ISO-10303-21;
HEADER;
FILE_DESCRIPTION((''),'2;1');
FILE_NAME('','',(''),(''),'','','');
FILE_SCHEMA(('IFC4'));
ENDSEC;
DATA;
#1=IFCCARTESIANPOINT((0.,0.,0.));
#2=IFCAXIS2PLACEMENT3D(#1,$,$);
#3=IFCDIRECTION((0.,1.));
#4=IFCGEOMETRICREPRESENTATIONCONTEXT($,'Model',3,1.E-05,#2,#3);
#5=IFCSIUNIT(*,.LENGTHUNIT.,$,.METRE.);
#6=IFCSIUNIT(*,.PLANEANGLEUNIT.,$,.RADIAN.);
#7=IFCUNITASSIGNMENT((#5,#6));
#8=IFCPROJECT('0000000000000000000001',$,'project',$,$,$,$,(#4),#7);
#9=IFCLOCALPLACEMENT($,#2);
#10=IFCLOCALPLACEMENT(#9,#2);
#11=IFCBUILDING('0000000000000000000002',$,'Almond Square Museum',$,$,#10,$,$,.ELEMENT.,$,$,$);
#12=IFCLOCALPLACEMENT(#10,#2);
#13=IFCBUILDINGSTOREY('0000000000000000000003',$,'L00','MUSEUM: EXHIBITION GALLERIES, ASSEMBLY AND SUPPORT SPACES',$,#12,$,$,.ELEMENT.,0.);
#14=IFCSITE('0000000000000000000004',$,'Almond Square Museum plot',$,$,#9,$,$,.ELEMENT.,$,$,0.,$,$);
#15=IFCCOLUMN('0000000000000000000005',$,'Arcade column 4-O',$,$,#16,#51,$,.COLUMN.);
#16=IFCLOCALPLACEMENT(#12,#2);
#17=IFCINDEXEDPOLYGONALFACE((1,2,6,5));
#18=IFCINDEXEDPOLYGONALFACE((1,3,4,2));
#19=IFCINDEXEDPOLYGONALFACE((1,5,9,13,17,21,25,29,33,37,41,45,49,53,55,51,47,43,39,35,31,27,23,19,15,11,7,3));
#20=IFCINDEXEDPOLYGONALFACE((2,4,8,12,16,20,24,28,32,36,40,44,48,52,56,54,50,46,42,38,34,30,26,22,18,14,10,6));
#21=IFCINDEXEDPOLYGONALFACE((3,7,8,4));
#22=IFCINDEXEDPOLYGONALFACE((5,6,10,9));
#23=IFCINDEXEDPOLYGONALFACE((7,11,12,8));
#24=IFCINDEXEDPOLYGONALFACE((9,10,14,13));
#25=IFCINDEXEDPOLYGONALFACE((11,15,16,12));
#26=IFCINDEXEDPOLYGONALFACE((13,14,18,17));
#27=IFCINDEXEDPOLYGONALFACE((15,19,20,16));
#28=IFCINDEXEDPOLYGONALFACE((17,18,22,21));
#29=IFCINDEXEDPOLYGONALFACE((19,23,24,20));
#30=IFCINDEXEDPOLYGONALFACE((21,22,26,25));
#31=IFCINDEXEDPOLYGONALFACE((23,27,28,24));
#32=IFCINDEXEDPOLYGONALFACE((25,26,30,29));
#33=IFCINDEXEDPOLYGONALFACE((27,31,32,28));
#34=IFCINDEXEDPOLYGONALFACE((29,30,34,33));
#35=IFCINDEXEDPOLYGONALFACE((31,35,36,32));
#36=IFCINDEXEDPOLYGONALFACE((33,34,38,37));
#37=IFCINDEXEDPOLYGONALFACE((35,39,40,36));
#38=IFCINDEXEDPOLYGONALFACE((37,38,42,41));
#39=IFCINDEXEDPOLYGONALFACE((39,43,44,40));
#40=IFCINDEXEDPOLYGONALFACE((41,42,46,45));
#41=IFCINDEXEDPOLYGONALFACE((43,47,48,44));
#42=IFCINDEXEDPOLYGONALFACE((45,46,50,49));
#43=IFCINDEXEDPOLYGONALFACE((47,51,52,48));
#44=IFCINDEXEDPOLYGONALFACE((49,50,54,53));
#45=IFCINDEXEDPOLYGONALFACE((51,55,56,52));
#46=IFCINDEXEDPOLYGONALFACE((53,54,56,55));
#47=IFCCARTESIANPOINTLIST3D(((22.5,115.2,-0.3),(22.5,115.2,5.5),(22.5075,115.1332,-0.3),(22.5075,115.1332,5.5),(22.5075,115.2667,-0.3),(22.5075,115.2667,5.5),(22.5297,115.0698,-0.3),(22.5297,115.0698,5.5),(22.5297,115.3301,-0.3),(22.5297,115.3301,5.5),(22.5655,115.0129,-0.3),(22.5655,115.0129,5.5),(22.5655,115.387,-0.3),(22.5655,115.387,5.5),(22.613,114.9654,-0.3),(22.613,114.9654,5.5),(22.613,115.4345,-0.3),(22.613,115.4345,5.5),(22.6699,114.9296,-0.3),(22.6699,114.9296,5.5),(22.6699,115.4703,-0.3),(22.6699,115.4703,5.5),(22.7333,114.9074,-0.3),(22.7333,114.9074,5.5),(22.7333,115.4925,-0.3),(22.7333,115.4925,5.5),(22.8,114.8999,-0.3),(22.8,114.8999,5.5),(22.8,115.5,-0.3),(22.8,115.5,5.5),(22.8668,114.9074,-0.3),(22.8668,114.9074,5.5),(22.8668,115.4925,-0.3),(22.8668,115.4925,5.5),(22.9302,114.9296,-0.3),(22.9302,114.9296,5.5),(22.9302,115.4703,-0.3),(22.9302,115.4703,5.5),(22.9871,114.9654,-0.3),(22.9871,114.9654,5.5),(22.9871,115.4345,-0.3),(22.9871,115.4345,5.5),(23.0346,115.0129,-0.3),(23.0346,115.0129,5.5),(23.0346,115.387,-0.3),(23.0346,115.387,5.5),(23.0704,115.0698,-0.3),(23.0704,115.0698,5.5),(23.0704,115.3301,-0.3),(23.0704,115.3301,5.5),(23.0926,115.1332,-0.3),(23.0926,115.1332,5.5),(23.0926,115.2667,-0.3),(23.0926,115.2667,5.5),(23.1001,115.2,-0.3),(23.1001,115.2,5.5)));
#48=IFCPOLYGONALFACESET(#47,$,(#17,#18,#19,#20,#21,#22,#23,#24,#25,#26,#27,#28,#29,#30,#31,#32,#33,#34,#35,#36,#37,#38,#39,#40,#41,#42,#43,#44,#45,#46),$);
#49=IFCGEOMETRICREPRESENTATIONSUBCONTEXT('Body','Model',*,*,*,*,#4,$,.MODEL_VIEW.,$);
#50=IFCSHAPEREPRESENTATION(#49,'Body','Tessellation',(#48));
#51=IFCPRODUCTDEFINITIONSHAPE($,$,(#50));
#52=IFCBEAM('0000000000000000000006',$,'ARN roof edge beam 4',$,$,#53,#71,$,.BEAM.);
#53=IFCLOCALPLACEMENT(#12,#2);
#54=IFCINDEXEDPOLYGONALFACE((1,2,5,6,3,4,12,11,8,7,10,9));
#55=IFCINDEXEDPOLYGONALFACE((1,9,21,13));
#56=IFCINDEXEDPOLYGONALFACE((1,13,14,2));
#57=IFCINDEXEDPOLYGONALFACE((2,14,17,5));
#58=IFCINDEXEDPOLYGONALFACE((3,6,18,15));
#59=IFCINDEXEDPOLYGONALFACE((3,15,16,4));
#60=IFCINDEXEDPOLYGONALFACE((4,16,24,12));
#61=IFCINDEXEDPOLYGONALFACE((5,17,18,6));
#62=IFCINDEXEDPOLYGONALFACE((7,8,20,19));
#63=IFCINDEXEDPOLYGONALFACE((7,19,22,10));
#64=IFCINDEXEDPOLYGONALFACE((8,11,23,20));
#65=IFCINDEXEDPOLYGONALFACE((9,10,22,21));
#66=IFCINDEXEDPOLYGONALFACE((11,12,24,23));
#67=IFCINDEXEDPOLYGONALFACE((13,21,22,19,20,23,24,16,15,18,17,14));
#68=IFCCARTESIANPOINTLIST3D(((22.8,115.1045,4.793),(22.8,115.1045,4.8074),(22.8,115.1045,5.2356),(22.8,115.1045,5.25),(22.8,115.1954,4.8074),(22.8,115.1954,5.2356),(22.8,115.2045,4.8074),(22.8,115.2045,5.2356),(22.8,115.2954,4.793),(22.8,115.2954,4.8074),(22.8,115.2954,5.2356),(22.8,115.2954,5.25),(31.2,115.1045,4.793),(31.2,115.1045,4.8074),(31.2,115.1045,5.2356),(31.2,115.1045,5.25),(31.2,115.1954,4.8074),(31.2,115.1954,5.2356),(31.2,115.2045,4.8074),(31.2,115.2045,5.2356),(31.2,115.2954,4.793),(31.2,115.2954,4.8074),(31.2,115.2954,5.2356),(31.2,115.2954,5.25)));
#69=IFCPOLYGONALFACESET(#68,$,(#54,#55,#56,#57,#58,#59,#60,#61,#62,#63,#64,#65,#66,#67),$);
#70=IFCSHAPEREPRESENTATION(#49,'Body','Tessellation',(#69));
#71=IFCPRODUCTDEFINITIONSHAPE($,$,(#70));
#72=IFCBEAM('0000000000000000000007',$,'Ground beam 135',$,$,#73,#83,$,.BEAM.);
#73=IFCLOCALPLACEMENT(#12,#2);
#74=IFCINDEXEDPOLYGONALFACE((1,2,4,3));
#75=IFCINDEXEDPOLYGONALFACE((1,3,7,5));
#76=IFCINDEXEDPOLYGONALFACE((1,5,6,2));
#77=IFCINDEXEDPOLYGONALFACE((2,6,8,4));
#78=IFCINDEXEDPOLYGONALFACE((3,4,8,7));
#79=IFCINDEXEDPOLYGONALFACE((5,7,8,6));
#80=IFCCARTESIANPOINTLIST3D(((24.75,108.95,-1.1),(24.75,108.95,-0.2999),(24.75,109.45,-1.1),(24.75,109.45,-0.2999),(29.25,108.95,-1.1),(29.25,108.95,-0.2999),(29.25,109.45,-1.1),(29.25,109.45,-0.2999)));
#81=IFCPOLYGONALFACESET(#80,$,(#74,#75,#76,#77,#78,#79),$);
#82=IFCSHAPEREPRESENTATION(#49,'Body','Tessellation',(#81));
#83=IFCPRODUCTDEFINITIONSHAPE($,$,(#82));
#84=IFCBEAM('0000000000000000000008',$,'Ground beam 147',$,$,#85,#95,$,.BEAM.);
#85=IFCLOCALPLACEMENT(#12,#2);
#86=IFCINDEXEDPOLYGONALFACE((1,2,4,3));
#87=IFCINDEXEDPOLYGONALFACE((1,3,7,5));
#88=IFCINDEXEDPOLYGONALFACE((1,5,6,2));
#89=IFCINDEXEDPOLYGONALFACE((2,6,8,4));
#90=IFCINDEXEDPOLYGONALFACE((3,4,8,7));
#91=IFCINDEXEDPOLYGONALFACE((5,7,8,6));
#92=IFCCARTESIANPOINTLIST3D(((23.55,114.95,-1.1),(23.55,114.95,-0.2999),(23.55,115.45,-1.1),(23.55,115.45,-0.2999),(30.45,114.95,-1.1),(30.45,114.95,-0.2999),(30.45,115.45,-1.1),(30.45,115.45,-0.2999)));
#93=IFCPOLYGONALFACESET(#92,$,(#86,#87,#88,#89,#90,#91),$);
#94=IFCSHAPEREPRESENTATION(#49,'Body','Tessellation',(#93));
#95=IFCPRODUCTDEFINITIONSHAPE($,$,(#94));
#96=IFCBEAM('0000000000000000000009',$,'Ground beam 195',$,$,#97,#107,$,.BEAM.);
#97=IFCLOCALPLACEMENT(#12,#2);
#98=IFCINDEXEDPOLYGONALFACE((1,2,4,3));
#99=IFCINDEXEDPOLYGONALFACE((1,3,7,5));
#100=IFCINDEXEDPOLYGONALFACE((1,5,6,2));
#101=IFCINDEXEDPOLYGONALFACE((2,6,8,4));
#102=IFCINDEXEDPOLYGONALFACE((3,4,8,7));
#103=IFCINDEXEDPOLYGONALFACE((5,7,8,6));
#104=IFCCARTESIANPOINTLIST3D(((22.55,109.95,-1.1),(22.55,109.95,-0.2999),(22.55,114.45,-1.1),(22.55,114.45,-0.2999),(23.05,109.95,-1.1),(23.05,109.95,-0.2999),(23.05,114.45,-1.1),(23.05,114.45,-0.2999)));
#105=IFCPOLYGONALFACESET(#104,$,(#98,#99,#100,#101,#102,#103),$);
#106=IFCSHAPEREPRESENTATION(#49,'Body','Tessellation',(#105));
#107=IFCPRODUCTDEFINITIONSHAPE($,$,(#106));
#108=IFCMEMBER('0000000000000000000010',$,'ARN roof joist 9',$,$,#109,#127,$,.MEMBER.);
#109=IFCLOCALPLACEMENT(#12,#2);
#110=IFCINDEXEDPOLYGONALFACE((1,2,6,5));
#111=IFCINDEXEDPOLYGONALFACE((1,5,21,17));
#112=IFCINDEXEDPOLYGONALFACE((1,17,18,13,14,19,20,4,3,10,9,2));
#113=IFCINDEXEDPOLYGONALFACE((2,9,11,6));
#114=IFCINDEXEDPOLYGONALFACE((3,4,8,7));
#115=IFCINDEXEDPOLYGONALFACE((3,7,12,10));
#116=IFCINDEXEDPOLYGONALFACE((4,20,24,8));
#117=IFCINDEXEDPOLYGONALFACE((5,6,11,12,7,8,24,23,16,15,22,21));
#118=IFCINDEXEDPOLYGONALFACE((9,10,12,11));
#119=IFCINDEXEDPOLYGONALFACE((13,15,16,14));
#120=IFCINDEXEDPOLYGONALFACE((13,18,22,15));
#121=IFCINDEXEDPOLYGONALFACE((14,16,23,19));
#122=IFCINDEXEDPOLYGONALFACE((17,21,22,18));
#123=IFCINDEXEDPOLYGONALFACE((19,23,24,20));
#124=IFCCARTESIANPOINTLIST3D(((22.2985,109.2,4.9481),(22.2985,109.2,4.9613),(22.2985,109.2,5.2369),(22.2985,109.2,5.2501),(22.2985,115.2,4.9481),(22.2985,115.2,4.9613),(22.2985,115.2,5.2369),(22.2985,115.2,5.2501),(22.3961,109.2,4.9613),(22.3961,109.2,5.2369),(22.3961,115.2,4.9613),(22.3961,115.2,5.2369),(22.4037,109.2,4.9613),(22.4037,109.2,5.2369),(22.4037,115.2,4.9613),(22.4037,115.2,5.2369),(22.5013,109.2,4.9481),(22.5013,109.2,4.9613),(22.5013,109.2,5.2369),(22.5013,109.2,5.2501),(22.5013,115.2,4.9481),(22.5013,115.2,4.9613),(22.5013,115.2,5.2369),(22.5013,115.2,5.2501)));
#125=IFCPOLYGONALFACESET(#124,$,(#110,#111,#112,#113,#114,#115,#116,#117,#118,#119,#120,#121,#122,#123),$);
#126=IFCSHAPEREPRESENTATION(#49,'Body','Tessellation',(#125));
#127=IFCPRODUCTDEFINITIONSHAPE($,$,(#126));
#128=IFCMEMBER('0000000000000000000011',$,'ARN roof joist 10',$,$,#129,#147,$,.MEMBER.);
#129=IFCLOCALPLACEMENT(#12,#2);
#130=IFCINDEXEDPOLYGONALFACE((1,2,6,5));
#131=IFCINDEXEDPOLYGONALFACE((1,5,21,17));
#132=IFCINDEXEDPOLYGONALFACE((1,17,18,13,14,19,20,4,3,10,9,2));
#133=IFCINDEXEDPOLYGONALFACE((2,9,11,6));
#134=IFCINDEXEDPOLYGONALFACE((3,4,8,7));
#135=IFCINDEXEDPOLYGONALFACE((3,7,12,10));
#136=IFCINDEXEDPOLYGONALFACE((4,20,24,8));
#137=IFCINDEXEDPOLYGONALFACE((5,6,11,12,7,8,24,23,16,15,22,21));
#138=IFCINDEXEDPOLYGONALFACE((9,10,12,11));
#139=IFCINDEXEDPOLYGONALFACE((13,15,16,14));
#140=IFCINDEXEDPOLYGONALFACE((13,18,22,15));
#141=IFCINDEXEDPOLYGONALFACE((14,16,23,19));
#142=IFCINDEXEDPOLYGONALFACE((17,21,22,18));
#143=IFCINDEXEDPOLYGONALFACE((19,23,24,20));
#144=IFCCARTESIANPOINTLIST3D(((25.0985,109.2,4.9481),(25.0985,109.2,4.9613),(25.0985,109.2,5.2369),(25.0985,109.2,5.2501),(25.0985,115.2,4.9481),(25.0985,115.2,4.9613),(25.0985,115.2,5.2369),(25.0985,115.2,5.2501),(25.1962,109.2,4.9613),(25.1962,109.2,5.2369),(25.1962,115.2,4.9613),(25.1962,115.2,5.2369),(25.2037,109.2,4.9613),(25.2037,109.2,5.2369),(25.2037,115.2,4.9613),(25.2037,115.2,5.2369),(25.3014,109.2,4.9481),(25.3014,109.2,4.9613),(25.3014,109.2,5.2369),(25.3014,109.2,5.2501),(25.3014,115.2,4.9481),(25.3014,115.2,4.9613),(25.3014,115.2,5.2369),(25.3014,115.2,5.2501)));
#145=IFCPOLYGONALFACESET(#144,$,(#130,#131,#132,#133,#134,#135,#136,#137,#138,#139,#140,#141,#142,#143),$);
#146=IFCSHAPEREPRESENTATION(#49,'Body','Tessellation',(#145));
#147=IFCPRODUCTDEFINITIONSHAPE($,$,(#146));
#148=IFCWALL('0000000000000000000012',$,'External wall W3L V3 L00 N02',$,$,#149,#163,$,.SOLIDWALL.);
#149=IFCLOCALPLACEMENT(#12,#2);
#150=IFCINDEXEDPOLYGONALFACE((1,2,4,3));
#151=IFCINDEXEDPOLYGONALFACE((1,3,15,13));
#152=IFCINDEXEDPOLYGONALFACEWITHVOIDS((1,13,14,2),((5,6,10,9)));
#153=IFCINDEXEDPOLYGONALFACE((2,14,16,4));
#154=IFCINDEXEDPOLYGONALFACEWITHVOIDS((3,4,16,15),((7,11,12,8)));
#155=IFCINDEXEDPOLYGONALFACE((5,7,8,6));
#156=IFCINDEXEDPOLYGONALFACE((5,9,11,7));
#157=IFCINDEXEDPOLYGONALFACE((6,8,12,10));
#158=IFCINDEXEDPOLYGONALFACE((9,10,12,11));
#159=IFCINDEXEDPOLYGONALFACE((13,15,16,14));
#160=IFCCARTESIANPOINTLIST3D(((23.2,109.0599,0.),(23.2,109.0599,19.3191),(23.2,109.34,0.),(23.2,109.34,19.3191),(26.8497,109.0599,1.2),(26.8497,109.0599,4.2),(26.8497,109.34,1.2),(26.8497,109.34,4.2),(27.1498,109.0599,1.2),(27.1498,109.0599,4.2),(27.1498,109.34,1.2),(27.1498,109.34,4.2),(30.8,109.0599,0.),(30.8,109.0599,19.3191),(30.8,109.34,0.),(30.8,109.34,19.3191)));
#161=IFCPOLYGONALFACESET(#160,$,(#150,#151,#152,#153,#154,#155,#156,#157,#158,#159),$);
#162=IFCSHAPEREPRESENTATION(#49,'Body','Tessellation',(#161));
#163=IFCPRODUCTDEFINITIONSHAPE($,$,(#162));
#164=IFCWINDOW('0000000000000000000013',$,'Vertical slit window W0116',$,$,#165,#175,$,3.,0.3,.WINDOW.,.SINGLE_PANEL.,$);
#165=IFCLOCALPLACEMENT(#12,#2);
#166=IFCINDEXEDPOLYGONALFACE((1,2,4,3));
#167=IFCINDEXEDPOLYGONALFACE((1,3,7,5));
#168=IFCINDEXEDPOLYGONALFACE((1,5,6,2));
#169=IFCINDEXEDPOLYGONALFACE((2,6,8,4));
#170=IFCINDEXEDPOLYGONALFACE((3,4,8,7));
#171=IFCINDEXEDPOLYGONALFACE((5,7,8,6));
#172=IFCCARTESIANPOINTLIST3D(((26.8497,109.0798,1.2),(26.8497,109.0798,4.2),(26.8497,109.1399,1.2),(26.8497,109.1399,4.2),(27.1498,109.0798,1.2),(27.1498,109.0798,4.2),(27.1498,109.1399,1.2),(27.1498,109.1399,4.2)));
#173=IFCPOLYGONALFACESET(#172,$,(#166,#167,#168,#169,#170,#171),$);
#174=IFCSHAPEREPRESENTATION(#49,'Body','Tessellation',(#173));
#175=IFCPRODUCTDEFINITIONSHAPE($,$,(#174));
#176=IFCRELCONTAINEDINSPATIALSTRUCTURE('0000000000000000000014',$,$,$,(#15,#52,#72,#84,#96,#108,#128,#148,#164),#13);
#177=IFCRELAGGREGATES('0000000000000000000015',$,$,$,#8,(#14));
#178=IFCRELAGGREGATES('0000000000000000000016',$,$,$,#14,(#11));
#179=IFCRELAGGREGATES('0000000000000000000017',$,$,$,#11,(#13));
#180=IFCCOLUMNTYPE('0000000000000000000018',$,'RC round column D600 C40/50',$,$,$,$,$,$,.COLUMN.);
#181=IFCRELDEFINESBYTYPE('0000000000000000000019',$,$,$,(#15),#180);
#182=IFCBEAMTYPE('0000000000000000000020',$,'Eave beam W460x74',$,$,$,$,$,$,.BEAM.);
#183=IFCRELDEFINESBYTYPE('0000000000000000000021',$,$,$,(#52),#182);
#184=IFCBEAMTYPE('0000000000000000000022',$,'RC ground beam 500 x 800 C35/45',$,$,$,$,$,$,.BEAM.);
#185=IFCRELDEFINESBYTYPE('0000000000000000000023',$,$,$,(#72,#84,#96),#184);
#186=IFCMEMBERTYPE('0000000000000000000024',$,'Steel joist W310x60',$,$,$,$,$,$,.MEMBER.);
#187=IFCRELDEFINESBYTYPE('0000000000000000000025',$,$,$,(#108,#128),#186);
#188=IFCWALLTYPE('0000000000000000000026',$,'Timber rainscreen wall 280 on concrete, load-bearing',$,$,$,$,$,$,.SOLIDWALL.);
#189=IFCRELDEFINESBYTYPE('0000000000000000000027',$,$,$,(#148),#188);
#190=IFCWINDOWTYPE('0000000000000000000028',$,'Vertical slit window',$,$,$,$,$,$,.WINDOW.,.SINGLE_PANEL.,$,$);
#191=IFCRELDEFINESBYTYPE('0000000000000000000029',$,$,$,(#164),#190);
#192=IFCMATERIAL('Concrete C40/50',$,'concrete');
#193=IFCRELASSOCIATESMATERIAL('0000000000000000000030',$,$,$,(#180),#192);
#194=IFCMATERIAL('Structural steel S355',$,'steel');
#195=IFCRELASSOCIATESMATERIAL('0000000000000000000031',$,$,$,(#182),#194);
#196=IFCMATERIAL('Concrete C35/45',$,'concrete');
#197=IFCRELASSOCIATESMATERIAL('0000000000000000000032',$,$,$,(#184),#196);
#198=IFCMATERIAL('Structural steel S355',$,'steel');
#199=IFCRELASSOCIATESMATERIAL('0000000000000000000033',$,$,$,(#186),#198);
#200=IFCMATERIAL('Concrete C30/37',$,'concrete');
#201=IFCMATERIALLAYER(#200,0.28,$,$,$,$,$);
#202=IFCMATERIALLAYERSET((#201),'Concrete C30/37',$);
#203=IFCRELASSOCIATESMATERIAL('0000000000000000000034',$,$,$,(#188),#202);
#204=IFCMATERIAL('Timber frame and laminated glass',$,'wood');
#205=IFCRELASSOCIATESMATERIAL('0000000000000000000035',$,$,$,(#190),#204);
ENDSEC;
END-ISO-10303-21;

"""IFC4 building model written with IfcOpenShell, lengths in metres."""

from ifc_helpers import new_model, si_unit, direction, frame, frame_2d, origin, origin_2d, place, context, subcontext, project, spatial, rectangle, circle, i_section, extrude, material, layer, layer_set, material_profile, profile_set, type_object, element, fill, save


model = new_model("IFC4")

# Units and contexts
model_context = context("Model", 3, precision=1e-05, world=origin(), true_north=direction((0.0, 1.0)))
body_context = subcontext(model_context, "Body", "Model", "MODEL_VIEW")
ifc_project = project(units=[si_unit("LENGTHUNIT", "METRE"), si_unit("PLANEANGLEUNIT", "RADIAN")], contexts=[model_context])

# Site, building, storey
site_placement = place(None, origin())
site = spatial("IfcSite", under=ifc_project, at=site_placement, Name="Almond Square Museum plot", CompositionType="ELEMENT", RefElevation=0.0)
building_placement = place(site_placement, origin())
building = spatial("IfcBuilding", under=site, at=building_placement, Name="Almond Square Museum", CompositionType="ELEMENT")
storey_placement = place(building_placement, origin())
storey = spatial("IfcBuildingStorey", under=building, at=storey_placement, Name="L00", Description="MUSEUM: EXHIBITION GALLERIES, ASSEMBLY AND SUPPORT SPACES", CompositionType="ELEMENT", Elevation=0.0)

# Column
ifc_material_1 = material(Name="Concrete C40/50", Category="concrete")
ifc_material_profile_1 = material_profile(ifc_material_1, circle(Radius=0.3, at=origin_2d()))
ifc_profile_set_1 = profile_set([ifc_material_profile_1], Name="Concrete C40/50")
column_type_1 = type_object("IfcColumnType", Name="RC round column D600 C40/50", PredefinedType="COLUMN", material=ifc_profile_set_1)
column_1_placement = place(storey_placement, frame((22.8, 115.2, -0.3), z_axis=(0.0, 0.0, 1.0), x_axis=(1.0, 0.0, 0.0)))
element("IfcColumn", 1, at=column_1_placement, inside=storey, type_object=column_type_1, Name="Arcade column 4-O", PredefinedType="COLUMN", context=body_context, shape_type="SweptSolid", body=[
    extrude(circle(Radius=0.3, at=origin_2d()), origin(), (0.0, 0.0, 1.0), 5.8),
])

# Beams
ifc_material_2 = material(Name="Structural steel S355", Category="steel")
ifc_material_profile_2 = material_profile(ifc_material_2, i_section(OverallWidth=0.1909, OverallDepth=0.457, WebThickness=0.009, FlangeThickness=0.0144, at=origin_2d()))
ifc_profile_set_2 = profile_set([ifc_material_profile_2], Name="Structural steel S355")
beam_type_1 = type_object("IfcBeamType", Name="Eave beam W460x74", PredefinedType="BEAM", material=ifc_profile_set_2)
beam_1_placement = place(storey_placement, frame((22.8, 115.2, 5.0215), z_axis=(1.0, 0.0, 0.0), x_axis=(0.0, 1.0, 0.0)))
element("IfcBeam", 2, at=beam_1_placement, inside=storey, type_object=beam_type_1, Name="ARN roof edge beam 4", PredefinedType="BEAM", context=body_context, shape_type="SweptSolid", body=[
    extrude(i_section(OverallWidth=0.1909, OverallDepth=0.457, WebThickness=0.009, FlangeThickness=0.0144, at=origin_2d()), origin(), (0.0, 0.0, 1.0), 8.3999),
])
ifc_material_3 = material(Name="Concrete C35/45", Category="concrete")
ifc_material_profile_3 = material_profile(ifc_material_3, rectangle(XDim=0.5, YDim=0.8, at=origin_2d()))
ifc_profile_set_3 = profile_set([ifc_material_profile_3], Name="Concrete C35/45")
beam_type_2 = type_object("IfcBeamType", Name="RC ground beam 500 x 800 C35/45", PredefinedType="BEAM", material=ifc_profile_set_3)
beam_2_placement = place(storey_placement, frame((24.75, 109.2, -0.7), z_axis=(1.0, 0.0, 0.0), x_axis=(0.0, 1.0, 0.0)))
element("IfcBeam", 3, at=beam_2_placement, inside=storey, type_object=beam_type_2, Name="Ground beam 135", PredefinedType="BEAM", context=body_context, shape_type="SweptSolid", body=[
    extrude(rectangle(XDim=0.5, YDim=0.8, at=origin_2d()), origin(), (0.0, 0.0, 1.0), 4.5),
])
beam_3_placement = place(storey_placement, frame((23.55, 115.2, -0.7), z_axis=(1.0, 0.0, 0.0), x_axis=(0.0, 1.0, 0.0)))
element("IfcBeam", 4, at=beam_3_placement, inside=storey, type_object=beam_type_2, Name="Ground beam 147", PredefinedType="BEAM", context=body_context, shape_type="SweptSolid", body=[
    extrude(rectangle(XDim=0.5, YDim=0.8, at=origin_2d()), origin(), (0.0, 0.0, 1.0), 6.8999),
])
beam_4_placement = place(storey_placement, frame((22.8, 109.95, -0.7), z_axis=(0.0, 1.0, 0.0), x_axis=(-1.0, 0.0, 0.0)))
element("IfcBeam", 5, at=beam_4_placement, inside=storey, type_object=beam_type_2, Name="Ground beam 195", PredefinedType="BEAM", context=body_context, shape_type="SweptSolid", body=[
    extrude(rectangle(XDim=0.5, YDim=0.8, at=origin_2d()), origin(), (0.0, 0.0, 1.0), 4.5),
])

# Members
ifc_material_4 = material(Name="Structural steel S355", Category="steel")
ifc_material_profile_4 = material_profile(ifc_material_4, i_section(OverallWidth=0.2029, OverallDepth=0.302, WebThickness=0.0076, FlangeThickness=0.0132, at=origin_2d()))
ifc_profile_set_4 = profile_set([ifc_material_profile_4], Name="Structural steel S355")
member_type = type_object("IfcMemberType", Name="Steel joist W310x60", PredefinedType="MEMBER", material=ifc_profile_set_4)
for number, where, z_axis, x_axis, name in (
    (6, (22.3999, 109.2, 5.0991), (0.0, 1.0, 0.0), (-1.0, 0.0, 0.0), "ARN roof joist 9"),
    (7, (25.2, 109.2, 5.0991), (0.0, 1.0, 0.0), (-1.0, 0.0, 0.0), "ARN roof joist 10"),
):
    element("IfcMember", number, at=place(storey_placement, frame(where, z_axis=z_axis, x_axis=x_axis)), inside=storey, type_object=member_type, Name=name, PredefinedType="MEMBER", context=body_context, shape_type="SweptSolid", body=[
        extrude(i_section(OverallWidth=0.2029, OverallDepth=0.302, WebThickness=0.0076, FlangeThickness=0.0132, at=origin_2d()), origin(), (0.0, 0.0, 1.0), 6.0),
    ])

# Wall, opening, window
ifc_material_5 = material(Name="Concrete C30/37", Category="concrete")
ifc_layer_1 = layer(ifc_material_5, 0.28)
ifc_layer_set_1 = layer_set([ifc_layer_1], Name="Concrete C30/37")
wall_type = type_object("IfcWallType", Name="Timber rainscreen wall 280 on concrete, load-bearing", PredefinedType="SOLIDWALL", material=ifc_layer_set_1)
wall_placement = place(storey_placement, frame((23.2, 109.2, 0.0), z_axis=(0.0, 0.0, 1.0), x_axis=(1.0, 0.0, 0.0)))
wall = element("IfcWall", 8, at=wall_placement, inside=storey, type_object=wall_type, Name="External wall W3L V3 L00 N02", PredefinedType="SOLIDWALL", context=body_context, shape_type="SweptSolid", body=[
    extrude(rectangle(XDim=7.6001, YDim=0.28, at=frame_2d((3.8, 0.0))), origin(), (0.0, 0.0, 1.0), 19.3191),
])
opening_placement = place(wall_placement, frame((3.6499, 0.0, 1.2)))
opening = element("IfcOpeningElement", 9, at=opening_placement, cuts=wall, PredefinedType="OPENING", context=body_context, shape_type="SweptSolid", body=[
    extrude(rectangle(XDim=0.3, YDim=3.0, at=frame_2d((0.1499, 1.5))), frame((0.0, 0.1499, 0.0), z_axis=(0.0, -1.0, 0.0), x_axis=(1.0, 0.0, 0.0)), (0.0, 0.0, 1.0), 0.3),
])
ifc_material_6 = material(Name="Timber frame and laminated glass", Category="wood")
window_type = type_object("IfcWindowType", Name="Vertical slit window", PartitioningType="SINGLE_PANEL", PredefinedType="WINDOW", material=ifc_material_6)
window_placement = place(opening_placement, origin())
window = element("IfcWindow", 10, at=window_placement, inside=storey, type_object=window_type, Name="Vertical slit window W0116", OverallHeight=3.0, OverallWidth=0.3, PartitioningType="SINGLE_PANEL", PredefinedType="WINDOW", context=body_context, shape_type="SweptSolid", body=[
    extrude(rectangle(XDim=0.3, YDim=3.0, at=frame_2d((0.1499, 1.5))), frame((0.0, -0.0601, 0.0), z_axis=(0.0, -1.0, 0.0), x_axis=(1.0, 0.0, 0.0)), (0.0, 0.0, 1.0), 0.0601),
])
fill(opening, window)

save(model, "model.ifc")
